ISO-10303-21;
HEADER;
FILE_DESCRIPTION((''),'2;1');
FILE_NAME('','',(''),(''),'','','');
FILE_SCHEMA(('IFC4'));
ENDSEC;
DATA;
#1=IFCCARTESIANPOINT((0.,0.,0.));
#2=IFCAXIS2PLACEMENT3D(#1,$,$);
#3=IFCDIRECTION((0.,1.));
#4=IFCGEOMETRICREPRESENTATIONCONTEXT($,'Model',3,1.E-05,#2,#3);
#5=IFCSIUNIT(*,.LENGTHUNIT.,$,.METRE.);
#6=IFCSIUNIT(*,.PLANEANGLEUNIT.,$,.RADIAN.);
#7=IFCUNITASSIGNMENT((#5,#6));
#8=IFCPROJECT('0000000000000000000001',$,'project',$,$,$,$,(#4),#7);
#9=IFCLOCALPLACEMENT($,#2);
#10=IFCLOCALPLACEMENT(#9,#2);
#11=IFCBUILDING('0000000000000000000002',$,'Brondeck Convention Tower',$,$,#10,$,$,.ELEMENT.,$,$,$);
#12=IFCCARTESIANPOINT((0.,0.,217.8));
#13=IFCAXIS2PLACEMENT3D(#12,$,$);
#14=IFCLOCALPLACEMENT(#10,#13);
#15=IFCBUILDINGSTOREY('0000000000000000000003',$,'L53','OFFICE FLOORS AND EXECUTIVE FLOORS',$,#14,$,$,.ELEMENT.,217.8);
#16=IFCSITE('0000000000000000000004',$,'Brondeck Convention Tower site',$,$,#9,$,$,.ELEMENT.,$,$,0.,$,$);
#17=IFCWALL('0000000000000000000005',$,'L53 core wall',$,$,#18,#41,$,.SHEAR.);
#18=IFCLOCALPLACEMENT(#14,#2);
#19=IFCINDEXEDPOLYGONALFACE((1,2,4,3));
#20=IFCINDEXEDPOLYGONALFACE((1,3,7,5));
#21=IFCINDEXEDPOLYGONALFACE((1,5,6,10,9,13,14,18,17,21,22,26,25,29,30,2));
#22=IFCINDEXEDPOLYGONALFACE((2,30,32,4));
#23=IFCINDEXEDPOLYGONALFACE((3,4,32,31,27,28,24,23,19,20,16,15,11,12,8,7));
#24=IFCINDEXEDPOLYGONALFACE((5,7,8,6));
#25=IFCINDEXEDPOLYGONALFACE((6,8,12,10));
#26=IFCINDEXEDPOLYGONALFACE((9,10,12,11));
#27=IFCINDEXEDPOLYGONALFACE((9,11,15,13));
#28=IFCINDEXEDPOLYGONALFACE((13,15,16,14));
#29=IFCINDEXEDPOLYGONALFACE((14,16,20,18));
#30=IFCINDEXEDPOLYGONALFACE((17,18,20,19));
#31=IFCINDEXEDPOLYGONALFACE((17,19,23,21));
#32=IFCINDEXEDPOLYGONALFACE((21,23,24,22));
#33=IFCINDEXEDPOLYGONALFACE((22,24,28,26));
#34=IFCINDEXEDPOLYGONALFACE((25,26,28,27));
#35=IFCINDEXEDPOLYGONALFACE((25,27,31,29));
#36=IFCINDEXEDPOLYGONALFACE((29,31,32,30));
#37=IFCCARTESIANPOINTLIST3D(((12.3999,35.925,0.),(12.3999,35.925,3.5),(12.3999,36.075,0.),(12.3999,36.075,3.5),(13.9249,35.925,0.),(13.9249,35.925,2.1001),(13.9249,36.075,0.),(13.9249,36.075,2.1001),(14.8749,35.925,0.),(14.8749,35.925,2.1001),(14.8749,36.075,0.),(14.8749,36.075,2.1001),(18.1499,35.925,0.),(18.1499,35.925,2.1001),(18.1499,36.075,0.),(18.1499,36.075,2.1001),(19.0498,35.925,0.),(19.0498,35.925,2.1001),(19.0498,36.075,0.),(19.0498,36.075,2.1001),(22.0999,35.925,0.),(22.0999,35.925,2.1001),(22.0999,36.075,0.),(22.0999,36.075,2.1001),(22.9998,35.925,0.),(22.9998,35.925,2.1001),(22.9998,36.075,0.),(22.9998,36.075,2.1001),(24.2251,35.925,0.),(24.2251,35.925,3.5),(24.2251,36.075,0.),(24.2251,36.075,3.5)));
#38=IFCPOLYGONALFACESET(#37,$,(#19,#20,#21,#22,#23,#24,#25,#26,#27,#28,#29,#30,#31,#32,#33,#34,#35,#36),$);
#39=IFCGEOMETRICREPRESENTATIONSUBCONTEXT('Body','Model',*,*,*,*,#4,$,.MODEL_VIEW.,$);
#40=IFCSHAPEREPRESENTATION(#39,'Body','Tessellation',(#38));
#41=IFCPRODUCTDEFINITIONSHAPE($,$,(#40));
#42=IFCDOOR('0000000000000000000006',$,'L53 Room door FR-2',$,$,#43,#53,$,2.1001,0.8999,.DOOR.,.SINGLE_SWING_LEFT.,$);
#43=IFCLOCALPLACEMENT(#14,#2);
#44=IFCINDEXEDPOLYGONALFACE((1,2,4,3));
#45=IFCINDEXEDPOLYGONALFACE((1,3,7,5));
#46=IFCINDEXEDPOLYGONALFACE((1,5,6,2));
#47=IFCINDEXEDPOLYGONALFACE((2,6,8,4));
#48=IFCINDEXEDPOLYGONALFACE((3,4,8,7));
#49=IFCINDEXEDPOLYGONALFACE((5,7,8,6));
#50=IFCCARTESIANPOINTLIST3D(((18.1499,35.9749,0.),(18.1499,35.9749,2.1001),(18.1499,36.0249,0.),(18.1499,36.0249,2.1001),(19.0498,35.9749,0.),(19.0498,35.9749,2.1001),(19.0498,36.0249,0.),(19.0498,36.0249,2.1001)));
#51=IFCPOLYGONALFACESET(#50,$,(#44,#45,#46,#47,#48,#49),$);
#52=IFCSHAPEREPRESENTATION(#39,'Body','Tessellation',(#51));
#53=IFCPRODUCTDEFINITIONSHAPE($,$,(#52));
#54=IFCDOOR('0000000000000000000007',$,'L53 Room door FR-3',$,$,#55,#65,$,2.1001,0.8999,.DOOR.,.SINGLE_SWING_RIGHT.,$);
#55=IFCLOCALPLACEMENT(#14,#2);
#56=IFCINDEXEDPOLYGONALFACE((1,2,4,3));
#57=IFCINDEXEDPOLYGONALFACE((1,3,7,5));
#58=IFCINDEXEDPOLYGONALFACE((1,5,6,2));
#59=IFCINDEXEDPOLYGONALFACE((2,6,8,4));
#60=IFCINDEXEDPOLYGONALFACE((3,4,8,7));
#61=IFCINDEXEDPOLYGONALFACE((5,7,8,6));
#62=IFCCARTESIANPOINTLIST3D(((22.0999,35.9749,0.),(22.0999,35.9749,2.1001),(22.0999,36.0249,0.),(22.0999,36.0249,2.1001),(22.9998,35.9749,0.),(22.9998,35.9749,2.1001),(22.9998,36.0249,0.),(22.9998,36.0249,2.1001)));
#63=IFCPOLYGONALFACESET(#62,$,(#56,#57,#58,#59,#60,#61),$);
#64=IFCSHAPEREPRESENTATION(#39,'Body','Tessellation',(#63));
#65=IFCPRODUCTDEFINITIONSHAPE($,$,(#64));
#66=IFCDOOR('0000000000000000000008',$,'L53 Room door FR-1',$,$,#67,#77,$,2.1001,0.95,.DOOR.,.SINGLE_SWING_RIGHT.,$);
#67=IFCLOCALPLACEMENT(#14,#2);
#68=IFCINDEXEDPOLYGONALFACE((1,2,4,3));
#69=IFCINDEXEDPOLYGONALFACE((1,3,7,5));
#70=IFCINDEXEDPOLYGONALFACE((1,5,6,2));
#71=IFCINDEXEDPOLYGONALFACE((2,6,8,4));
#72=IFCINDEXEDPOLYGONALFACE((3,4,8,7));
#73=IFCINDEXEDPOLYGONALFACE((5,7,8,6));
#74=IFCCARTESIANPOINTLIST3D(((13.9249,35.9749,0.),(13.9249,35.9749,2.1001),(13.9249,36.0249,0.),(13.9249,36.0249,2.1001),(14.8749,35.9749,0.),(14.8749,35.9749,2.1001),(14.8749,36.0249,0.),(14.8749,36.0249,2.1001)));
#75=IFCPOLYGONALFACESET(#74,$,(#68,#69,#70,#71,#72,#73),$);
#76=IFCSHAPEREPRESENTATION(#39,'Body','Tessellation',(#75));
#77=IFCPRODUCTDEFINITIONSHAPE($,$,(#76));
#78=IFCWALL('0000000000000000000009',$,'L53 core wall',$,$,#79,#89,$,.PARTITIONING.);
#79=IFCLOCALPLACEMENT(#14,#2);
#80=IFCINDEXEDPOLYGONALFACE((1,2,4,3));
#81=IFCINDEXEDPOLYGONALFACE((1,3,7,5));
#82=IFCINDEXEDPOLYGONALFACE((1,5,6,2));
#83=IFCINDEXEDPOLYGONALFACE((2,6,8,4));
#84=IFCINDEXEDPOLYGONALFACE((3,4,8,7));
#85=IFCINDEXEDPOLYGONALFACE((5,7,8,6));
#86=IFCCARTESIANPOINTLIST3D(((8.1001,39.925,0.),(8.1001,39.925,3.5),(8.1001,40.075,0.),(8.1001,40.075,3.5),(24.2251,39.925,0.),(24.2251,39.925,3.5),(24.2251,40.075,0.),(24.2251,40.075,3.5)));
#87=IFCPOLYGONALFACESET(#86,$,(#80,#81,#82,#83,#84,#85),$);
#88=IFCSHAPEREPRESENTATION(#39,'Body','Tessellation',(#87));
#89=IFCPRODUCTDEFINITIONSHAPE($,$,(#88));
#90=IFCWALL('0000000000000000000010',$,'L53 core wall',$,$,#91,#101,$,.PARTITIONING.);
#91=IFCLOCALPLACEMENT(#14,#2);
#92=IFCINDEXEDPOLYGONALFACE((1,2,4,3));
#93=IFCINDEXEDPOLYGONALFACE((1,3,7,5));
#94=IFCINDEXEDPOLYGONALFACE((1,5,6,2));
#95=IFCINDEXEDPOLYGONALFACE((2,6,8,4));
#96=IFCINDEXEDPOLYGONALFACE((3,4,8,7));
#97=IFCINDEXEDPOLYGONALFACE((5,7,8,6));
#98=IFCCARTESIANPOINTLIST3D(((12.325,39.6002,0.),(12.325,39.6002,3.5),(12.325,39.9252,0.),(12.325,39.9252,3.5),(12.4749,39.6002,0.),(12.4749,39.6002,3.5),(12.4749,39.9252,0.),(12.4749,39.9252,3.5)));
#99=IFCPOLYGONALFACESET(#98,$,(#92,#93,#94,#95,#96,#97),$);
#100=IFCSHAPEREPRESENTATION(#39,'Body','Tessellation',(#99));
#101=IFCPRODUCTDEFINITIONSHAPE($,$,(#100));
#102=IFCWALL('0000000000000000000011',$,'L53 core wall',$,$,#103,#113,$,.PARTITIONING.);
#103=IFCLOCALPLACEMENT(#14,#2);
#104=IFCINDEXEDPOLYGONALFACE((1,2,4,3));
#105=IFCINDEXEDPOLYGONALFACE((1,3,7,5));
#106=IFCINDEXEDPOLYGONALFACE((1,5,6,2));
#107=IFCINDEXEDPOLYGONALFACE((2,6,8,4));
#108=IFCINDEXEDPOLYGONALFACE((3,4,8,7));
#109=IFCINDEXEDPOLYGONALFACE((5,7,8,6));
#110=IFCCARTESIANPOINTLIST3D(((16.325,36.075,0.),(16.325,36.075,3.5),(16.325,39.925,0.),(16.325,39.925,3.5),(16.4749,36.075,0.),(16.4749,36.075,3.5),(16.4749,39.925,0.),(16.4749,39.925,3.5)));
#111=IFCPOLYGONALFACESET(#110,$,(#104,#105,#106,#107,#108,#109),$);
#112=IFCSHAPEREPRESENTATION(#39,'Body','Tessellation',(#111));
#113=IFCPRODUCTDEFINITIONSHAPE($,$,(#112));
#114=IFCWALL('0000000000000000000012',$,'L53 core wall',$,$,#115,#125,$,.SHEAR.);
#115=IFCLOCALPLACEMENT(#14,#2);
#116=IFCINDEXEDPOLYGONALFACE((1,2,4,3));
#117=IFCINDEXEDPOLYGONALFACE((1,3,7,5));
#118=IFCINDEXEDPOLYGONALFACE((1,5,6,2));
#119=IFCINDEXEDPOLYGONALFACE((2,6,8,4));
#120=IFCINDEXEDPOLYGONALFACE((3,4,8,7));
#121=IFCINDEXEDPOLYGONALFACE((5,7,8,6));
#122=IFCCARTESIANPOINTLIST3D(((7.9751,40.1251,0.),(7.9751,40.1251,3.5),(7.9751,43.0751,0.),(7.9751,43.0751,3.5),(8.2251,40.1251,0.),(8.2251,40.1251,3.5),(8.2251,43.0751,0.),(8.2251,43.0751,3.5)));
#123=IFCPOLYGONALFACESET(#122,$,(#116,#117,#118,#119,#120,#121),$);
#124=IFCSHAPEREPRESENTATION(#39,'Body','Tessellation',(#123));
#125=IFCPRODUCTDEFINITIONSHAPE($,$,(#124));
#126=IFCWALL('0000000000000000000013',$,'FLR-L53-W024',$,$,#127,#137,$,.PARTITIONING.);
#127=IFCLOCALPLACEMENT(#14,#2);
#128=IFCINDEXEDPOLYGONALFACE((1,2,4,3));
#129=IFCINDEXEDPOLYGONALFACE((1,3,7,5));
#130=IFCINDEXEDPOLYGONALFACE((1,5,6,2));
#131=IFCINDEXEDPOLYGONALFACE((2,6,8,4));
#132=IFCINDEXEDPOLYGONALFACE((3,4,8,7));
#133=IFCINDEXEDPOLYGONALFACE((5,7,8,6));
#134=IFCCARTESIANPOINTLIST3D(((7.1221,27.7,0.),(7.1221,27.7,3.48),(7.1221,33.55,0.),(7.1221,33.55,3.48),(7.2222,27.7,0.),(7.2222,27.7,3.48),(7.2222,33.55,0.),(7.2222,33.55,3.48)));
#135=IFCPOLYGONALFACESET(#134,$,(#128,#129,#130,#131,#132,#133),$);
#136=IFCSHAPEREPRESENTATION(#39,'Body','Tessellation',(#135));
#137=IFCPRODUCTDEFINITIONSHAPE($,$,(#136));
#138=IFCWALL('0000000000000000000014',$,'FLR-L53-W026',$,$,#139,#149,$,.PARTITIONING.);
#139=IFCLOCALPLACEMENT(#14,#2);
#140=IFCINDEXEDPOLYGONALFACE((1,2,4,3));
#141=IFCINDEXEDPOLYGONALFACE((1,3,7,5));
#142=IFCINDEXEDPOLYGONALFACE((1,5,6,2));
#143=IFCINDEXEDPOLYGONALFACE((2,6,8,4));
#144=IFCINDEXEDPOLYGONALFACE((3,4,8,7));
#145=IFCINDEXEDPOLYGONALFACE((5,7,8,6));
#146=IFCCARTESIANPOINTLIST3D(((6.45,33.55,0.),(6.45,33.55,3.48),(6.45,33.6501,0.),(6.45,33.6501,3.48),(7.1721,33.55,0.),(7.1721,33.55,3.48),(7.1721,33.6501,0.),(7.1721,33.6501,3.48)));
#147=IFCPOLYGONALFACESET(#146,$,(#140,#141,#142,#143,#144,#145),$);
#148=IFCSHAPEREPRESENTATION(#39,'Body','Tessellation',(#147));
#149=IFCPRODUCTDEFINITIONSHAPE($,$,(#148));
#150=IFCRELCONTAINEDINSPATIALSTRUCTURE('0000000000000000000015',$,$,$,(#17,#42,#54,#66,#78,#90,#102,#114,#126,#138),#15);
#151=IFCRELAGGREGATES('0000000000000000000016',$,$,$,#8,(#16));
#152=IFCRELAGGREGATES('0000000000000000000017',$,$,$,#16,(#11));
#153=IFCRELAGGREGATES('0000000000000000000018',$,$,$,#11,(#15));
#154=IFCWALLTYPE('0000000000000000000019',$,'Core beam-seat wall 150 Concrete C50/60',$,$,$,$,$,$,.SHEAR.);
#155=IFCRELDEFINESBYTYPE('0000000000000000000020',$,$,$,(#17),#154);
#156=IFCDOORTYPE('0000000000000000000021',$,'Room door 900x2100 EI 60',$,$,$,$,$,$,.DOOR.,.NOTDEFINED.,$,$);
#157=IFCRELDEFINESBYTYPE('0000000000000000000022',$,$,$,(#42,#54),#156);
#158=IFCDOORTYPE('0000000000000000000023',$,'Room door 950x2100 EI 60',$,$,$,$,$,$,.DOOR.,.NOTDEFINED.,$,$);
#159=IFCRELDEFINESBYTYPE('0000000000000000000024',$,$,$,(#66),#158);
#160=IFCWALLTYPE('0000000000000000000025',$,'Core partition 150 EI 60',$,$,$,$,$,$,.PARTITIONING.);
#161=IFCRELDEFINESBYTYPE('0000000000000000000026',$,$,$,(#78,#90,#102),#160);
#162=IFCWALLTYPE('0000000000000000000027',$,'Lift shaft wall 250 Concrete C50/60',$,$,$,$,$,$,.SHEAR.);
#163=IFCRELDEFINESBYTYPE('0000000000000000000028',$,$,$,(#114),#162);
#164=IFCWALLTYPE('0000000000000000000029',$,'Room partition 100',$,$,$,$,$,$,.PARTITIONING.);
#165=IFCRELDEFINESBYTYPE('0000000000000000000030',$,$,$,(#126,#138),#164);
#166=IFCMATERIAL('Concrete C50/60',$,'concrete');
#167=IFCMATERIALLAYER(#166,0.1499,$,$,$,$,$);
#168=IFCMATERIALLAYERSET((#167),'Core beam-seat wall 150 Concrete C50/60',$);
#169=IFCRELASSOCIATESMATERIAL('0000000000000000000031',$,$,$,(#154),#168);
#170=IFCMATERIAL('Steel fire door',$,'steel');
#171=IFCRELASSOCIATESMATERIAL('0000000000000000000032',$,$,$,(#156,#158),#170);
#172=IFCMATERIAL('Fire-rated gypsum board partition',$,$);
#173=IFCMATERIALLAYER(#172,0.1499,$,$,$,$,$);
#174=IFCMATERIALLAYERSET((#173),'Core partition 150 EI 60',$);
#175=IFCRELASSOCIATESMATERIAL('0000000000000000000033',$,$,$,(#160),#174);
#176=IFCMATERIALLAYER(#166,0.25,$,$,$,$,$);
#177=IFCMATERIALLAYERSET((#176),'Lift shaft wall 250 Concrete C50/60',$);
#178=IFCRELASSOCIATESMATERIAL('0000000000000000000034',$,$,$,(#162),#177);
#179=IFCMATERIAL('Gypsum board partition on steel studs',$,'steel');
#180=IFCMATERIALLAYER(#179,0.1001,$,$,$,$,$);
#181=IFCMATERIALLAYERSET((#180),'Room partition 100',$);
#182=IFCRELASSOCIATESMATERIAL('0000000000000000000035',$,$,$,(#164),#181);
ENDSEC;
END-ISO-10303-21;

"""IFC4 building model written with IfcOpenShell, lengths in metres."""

from ifc_helpers import new_model, si_unit, direction, frame, frame_2d, origin, place, context, subcontext, project, spatial, rectangle, extrude, material, layer, layer_set, type_object, element, fill, save


model = new_model("IFC4")

# Units and contexts
model_context = context("Model", 3, precision=1e-05, world=origin(), true_north=direction((0.0, 1.0)))
body_context = subcontext(model_context, "Body", "Model", "MODEL_VIEW")
ifc_project = project(units=[si_unit("LENGTHUNIT", "METRE"), si_unit("PLANEANGLEUNIT", "RADIAN")], contexts=[model_context])

# Site, building, storey
site_placement = place(None, origin())
site = spatial("IfcSite", under=ifc_project, at=site_placement, Name="Brondeck Convention Tower site", CompositionType="ELEMENT", RefElevation=0.0)
building_placement = place(site_placement, origin())
building = spatial("IfcBuilding", under=site, at=building_placement, Name="Brondeck Convention Tower", CompositionType="ELEMENT")
storey_placement = place(building_placement, frame((0.0, 0.0, 217.8)))
storey = spatial("IfcBuildingStorey", under=building, at=storey_placement, Name="L53", Description="OFFICE FLOORS AND EXECUTIVE FLOORS", CompositionType="ELEMENT", Elevation=217.8)

# Shared definitions
ifc_material_1 = material(Name="Concrete C50/60", Category="concrete")

# Wall, openings, doors
ifc_layer_1 = layer(ifc_material_1, 0.1499)
ifc_layer_set_1 = layer_set([ifc_layer_1], Name="Core beam-seat wall 150 Concrete C50/60")
wall_type_1 = type_object("IfcWallType", Name="Core beam-seat wall 150 Concrete C50/60", PredefinedType="SHEAR", material=ifc_layer_set_1)
wall_1_placement = place(storey_placement, frame((12.3999, 36.0, 0.0), z_axis=(0.0, 0.0, 1.0), x_axis=(1.0, 0.0, 0.0)))
wall_1 = element("IfcWall", 1, at=wall_1_placement, inside=storey, type_object=wall_type_1, Name="L53 core wall", PredefinedType="SHEAR", context=body_context, shape_type="SweptSolid", body=[
    extrude(rectangle(XDim=11.8252, YDim=0.1499, at=frame_2d((5.9126, 0.0))), origin(), (0.0, 0.0, 1.0), 3.5),
])
opening_1_placement = place(wall_1_placement, frame((1.5249, 0.0, 0.0)))
opening_1 = element("IfcOpeningElement", 2, at=opening_1_placement, cuts=wall_1, PredefinedType="OPENING", context=body_context, shape_type="SweptSolid", body=[
    extrude(rectangle(XDim=0.95, YDim=2.1001, at=frame_2d((0.4751, 1.05))), frame((0.0, 0.085, 0.0), z_axis=(0.0, -1.0, 0.0), x_axis=(1.0, 0.0, 0.0)), (0.0, 0.0, 1.0), 0.1699),
])
opening_2_placement = place(wall_1_placement, frame((5.75, 0.0, 0.0)))
opening_2 = element("IfcOpeningElement", 3, at=opening_2_placement, cuts=wall_1, PredefinedType="OPENING", context=body_context, shape_type="SweptSolid", body=[
    extrude(rectangle(XDim=0.8999, YDim=2.1001, at=frame_2d((0.45, 1.05))), frame((0.0, 0.085, 0.0), z_axis=(0.0, -1.0, 0.0), x_axis=(1.0, 0.0, 0.0)), (0.0, 0.0, 1.0), 0.1699),
])
opening_3_placement = place(wall_1_placement, frame((9.7, 0.0, 0.0)))
opening_3 = element("IfcOpeningElement", 4, at=opening_3_placement, cuts=wall_1, PredefinedType="OPENING", context=body_context, shape_type="SweptSolid", body=[
    extrude(rectangle(XDim=0.8999, YDim=2.1001, at=frame_2d((0.45, 1.05))), frame((0.0, 0.085, 0.0), z_axis=(0.0, -1.0, 0.0), x_axis=(1.0, 0.0, 0.0)), (0.0, 0.0, 1.0), 0.1699),
])
ifc_material_2 = material(Name="Steel fire door", Category="steel")
door_type_1 = type_object("IfcDoorType", Name="Room door 900x2100 EI 60", OperationType="NOTDEFINED", PredefinedType="DOOR", material=ifc_material_2)
door_1_placement = place(opening_2_placement, origin())
door_1 = element("IfcDoor", 5, at=door_1_placement, inside=storey, type_object=door_type_1, Name="L53 Room door FR-2", OperationType="SINGLE_SWING_LEFT", OverallHeight=2.1001, OverallWidth=0.8999, PredefinedType="DOOR", context=body_context, shape_type="SweptSolid", body=[
    extrude(rectangle(XDim=0.8999, YDim=2.1001, at=frame_2d((0.45, 1.05))), frame((0.0, 0.0249, 0.0), z_axis=(0.0, -1.0, 0.0), x_axis=(1.0, 0.0, 0.0)), (0.0, 0.0, 1.0), 0.05),
])
fill(opening_2, door_1)
door_2_placement = place(opening_3_placement, origin())
door_2 = element("IfcDoor", 6, at=door_2_placement, inside=storey, type_object=door_type_1, Name="L53 Room door FR-3", OperationType="SINGLE_SWING_RIGHT", OverallHeight=2.1001, OverallWidth=0.8999, PredefinedType="DOOR", context=body_context, shape_type="SweptSolid", body=[
    extrude(rectangle(XDim=0.8999, YDim=2.1001, at=frame_2d((0.45, 1.05))), frame((0.0, 0.0249, 0.0), z_axis=(0.0, -1.0, 0.0), x_axis=(1.0, 0.0, 0.0)), (0.0, 0.0, 1.0), 0.05),
])
fill(opening_3, door_2)
door_type_2 = type_object("IfcDoorType", Name="Room door 950x2100 EI 60", OperationType="NOTDEFINED", PredefinedType="DOOR", material=ifc_material_2)
door_3_placement = place(opening_1_placement, origin())
door_3 = element("IfcDoor", 7, at=door_3_placement, inside=storey, type_object=door_type_2, Name="L53 Room door FR-1", OperationType="SINGLE_SWING_RIGHT", OverallHeight=2.1001, OverallWidth=0.95, PredefinedType="DOOR", context=body_context, shape_type="SweptSolid", body=[
    extrude(rectangle(XDim=0.95, YDim=2.1001, at=frame_2d((0.4751, 1.05))), frame((0.0, 0.0249, 0.0), z_axis=(0.0, -1.0, 0.0), x_axis=(1.0, 0.0, 0.0)), (0.0, 0.0, 1.0), 0.05),
])
fill(opening_1, door_3)

# Walls
ifc_material_3 = material(Name="Fire-rated gypsum board partition")
ifc_layer_2 = layer(ifc_material_3, 0.1499)
ifc_layer_set_2 = layer_set([ifc_layer_2], Name="Core partition 150 EI 60")
wall_type_2 = type_object("IfcWallType", Name="Core partition 150 EI 60", PredefinedType="PARTITIONING", material=ifc_layer_set_2)
wall_2_placement = place(storey_placement, frame((8.1001, 40.0, 0.0), z_axis=(0.0, 0.0, 1.0), x_axis=(1.0, 0.0, 0.0)))
element("IfcWall", 8, at=wall_2_placement, inside=storey, type_object=wall_type_2, Name="L53 core wall", PredefinedType="PARTITIONING", context=body_context, shape_type="SweptSolid", body=[
    extrude(rectangle(XDim=16.125, YDim=0.1499, at=frame_2d((8.0625, 0.0))), origin(), (0.0, 0.0, 1.0), 3.5),
])
wall_3_placement = place(storey_placement, frame((12.3999, 39.6001, 0.0), z_axis=(0.0, 0.0, 1.0), x_axis=(0.0, 1.0, 0.0)))
element("IfcWall", 9, at=wall_3_placement, inside=storey, type_object=wall_type_2, Name="L53 core wall", PredefinedType="PARTITIONING", context=body_context, shape_type="SweptSolid", body=[
    extrude(rectangle(XDim=0.325, YDim=0.1499, at=frame_2d((0.1626, 0.0))), origin(), (0.0, 0.0, 1.0), 3.5),
])
wall_4_placement = place(storey_placement, frame((16.3999, 36.075, 0.0), z_axis=(0.0, 0.0, 1.0), x_axis=(0.0, 1.0, 0.0)))
element("IfcWall", 10, at=wall_4_placement, inside=storey, type_object=wall_type_2, Name="L53 core wall", PredefinedType="PARTITIONING", context=body_context, shape_type="SweptSolid", body=[
    extrude(rectangle(XDim=3.8501, YDim=0.1499, at=frame_2d((1.925, 0.0))), origin(), (0.0, 0.0, 1.0), 3.5),
])
ifc_layer_3 = layer(ifc_material_1, 0.25)
ifc_layer_set_3 = layer_set([ifc_layer_3], Name="Lift shaft wall 250 Concrete C50/60")
wall_type_3 = type_object("IfcWallType", Name="Lift shaft wall 250 Concrete C50/60", PredefinedType="SHEAR", material=ifc_layer_set_3)
wall_5_placement = place(storey_placement, frame((8.1001, 40.125, 0.0), z_axis=(0.0, 0.0, 1.0), x_axis=(0.0, 1.0, 0.0)))
element("IfcWall", 11, at=wall_5_placement, inside=storey, type_object=wall_type_3, Name="L53 core wall", PredefinedType="SHEAR", context=body_context, shape_type="SweptSolid", body=[
    extrude(rectangle(XDim=2.95, YDim=0.25, at=frame_2d((1.4751, 0.0))), origin(), (0.0, 0.0, 1.0), 3.5),
])
ifc_material_4 = material(Name="Gypsum board partition on steel studs", Category="steel")
ifc_layer_4 = layer(ifc_material_4, 0.1001)
ifc_layer_set_4 = layer_set([ifc_layer_4], Name="Room partition 100")
wall_type_4 = type_object("IfcWallType", Name="Room partition 100", PredefinedType="PARTITIONING", material=ifc_layer_set_4)
wall_6_placement = place(storey_placement, frame((7.1721, 33.55, 0.0), z_axis=(0.0, 0.0, 1.0), x_axis=(0.0, -1.0, 0.0)))
element("IfcWall", 12, at=wall_6_placement, inside=storey, type_object=wall_type_4, Name="FLR-L53-W024", PredefinedType="PARTITIONING", context=body_context, shape_type="SweptSolid", body=[
    extrude(rectangle(XDim=5.8501, YDim=0.1001, at=frame_2d((2.925, 0.0))), origin(), (0.0, 0.0, 1.0), 3.48),
])
wall_7_placement = place(storey_placement, frame((7.1721, 33.6001, 0.0), z_axis=(0.0, 0.0, 1.0), x_axis=(-1.0, 0.0, 0.0)))
element("IfcWall", 13, at=wall_7_placement, inside=storey, type_object=wall_type_4, Name="FLR-L53-W026", PredefinedType="PARTITIONING", context=body_context, shape_type="SweptSolid", body=[
    extrude(rectangle(XDim=0.7222, YDim=0.1001, at=frame_2d((0.3611, 0.0))), origin(), (0.0, 0.0, 1.0), 3.48),
])

save(model, "model.ifc")
